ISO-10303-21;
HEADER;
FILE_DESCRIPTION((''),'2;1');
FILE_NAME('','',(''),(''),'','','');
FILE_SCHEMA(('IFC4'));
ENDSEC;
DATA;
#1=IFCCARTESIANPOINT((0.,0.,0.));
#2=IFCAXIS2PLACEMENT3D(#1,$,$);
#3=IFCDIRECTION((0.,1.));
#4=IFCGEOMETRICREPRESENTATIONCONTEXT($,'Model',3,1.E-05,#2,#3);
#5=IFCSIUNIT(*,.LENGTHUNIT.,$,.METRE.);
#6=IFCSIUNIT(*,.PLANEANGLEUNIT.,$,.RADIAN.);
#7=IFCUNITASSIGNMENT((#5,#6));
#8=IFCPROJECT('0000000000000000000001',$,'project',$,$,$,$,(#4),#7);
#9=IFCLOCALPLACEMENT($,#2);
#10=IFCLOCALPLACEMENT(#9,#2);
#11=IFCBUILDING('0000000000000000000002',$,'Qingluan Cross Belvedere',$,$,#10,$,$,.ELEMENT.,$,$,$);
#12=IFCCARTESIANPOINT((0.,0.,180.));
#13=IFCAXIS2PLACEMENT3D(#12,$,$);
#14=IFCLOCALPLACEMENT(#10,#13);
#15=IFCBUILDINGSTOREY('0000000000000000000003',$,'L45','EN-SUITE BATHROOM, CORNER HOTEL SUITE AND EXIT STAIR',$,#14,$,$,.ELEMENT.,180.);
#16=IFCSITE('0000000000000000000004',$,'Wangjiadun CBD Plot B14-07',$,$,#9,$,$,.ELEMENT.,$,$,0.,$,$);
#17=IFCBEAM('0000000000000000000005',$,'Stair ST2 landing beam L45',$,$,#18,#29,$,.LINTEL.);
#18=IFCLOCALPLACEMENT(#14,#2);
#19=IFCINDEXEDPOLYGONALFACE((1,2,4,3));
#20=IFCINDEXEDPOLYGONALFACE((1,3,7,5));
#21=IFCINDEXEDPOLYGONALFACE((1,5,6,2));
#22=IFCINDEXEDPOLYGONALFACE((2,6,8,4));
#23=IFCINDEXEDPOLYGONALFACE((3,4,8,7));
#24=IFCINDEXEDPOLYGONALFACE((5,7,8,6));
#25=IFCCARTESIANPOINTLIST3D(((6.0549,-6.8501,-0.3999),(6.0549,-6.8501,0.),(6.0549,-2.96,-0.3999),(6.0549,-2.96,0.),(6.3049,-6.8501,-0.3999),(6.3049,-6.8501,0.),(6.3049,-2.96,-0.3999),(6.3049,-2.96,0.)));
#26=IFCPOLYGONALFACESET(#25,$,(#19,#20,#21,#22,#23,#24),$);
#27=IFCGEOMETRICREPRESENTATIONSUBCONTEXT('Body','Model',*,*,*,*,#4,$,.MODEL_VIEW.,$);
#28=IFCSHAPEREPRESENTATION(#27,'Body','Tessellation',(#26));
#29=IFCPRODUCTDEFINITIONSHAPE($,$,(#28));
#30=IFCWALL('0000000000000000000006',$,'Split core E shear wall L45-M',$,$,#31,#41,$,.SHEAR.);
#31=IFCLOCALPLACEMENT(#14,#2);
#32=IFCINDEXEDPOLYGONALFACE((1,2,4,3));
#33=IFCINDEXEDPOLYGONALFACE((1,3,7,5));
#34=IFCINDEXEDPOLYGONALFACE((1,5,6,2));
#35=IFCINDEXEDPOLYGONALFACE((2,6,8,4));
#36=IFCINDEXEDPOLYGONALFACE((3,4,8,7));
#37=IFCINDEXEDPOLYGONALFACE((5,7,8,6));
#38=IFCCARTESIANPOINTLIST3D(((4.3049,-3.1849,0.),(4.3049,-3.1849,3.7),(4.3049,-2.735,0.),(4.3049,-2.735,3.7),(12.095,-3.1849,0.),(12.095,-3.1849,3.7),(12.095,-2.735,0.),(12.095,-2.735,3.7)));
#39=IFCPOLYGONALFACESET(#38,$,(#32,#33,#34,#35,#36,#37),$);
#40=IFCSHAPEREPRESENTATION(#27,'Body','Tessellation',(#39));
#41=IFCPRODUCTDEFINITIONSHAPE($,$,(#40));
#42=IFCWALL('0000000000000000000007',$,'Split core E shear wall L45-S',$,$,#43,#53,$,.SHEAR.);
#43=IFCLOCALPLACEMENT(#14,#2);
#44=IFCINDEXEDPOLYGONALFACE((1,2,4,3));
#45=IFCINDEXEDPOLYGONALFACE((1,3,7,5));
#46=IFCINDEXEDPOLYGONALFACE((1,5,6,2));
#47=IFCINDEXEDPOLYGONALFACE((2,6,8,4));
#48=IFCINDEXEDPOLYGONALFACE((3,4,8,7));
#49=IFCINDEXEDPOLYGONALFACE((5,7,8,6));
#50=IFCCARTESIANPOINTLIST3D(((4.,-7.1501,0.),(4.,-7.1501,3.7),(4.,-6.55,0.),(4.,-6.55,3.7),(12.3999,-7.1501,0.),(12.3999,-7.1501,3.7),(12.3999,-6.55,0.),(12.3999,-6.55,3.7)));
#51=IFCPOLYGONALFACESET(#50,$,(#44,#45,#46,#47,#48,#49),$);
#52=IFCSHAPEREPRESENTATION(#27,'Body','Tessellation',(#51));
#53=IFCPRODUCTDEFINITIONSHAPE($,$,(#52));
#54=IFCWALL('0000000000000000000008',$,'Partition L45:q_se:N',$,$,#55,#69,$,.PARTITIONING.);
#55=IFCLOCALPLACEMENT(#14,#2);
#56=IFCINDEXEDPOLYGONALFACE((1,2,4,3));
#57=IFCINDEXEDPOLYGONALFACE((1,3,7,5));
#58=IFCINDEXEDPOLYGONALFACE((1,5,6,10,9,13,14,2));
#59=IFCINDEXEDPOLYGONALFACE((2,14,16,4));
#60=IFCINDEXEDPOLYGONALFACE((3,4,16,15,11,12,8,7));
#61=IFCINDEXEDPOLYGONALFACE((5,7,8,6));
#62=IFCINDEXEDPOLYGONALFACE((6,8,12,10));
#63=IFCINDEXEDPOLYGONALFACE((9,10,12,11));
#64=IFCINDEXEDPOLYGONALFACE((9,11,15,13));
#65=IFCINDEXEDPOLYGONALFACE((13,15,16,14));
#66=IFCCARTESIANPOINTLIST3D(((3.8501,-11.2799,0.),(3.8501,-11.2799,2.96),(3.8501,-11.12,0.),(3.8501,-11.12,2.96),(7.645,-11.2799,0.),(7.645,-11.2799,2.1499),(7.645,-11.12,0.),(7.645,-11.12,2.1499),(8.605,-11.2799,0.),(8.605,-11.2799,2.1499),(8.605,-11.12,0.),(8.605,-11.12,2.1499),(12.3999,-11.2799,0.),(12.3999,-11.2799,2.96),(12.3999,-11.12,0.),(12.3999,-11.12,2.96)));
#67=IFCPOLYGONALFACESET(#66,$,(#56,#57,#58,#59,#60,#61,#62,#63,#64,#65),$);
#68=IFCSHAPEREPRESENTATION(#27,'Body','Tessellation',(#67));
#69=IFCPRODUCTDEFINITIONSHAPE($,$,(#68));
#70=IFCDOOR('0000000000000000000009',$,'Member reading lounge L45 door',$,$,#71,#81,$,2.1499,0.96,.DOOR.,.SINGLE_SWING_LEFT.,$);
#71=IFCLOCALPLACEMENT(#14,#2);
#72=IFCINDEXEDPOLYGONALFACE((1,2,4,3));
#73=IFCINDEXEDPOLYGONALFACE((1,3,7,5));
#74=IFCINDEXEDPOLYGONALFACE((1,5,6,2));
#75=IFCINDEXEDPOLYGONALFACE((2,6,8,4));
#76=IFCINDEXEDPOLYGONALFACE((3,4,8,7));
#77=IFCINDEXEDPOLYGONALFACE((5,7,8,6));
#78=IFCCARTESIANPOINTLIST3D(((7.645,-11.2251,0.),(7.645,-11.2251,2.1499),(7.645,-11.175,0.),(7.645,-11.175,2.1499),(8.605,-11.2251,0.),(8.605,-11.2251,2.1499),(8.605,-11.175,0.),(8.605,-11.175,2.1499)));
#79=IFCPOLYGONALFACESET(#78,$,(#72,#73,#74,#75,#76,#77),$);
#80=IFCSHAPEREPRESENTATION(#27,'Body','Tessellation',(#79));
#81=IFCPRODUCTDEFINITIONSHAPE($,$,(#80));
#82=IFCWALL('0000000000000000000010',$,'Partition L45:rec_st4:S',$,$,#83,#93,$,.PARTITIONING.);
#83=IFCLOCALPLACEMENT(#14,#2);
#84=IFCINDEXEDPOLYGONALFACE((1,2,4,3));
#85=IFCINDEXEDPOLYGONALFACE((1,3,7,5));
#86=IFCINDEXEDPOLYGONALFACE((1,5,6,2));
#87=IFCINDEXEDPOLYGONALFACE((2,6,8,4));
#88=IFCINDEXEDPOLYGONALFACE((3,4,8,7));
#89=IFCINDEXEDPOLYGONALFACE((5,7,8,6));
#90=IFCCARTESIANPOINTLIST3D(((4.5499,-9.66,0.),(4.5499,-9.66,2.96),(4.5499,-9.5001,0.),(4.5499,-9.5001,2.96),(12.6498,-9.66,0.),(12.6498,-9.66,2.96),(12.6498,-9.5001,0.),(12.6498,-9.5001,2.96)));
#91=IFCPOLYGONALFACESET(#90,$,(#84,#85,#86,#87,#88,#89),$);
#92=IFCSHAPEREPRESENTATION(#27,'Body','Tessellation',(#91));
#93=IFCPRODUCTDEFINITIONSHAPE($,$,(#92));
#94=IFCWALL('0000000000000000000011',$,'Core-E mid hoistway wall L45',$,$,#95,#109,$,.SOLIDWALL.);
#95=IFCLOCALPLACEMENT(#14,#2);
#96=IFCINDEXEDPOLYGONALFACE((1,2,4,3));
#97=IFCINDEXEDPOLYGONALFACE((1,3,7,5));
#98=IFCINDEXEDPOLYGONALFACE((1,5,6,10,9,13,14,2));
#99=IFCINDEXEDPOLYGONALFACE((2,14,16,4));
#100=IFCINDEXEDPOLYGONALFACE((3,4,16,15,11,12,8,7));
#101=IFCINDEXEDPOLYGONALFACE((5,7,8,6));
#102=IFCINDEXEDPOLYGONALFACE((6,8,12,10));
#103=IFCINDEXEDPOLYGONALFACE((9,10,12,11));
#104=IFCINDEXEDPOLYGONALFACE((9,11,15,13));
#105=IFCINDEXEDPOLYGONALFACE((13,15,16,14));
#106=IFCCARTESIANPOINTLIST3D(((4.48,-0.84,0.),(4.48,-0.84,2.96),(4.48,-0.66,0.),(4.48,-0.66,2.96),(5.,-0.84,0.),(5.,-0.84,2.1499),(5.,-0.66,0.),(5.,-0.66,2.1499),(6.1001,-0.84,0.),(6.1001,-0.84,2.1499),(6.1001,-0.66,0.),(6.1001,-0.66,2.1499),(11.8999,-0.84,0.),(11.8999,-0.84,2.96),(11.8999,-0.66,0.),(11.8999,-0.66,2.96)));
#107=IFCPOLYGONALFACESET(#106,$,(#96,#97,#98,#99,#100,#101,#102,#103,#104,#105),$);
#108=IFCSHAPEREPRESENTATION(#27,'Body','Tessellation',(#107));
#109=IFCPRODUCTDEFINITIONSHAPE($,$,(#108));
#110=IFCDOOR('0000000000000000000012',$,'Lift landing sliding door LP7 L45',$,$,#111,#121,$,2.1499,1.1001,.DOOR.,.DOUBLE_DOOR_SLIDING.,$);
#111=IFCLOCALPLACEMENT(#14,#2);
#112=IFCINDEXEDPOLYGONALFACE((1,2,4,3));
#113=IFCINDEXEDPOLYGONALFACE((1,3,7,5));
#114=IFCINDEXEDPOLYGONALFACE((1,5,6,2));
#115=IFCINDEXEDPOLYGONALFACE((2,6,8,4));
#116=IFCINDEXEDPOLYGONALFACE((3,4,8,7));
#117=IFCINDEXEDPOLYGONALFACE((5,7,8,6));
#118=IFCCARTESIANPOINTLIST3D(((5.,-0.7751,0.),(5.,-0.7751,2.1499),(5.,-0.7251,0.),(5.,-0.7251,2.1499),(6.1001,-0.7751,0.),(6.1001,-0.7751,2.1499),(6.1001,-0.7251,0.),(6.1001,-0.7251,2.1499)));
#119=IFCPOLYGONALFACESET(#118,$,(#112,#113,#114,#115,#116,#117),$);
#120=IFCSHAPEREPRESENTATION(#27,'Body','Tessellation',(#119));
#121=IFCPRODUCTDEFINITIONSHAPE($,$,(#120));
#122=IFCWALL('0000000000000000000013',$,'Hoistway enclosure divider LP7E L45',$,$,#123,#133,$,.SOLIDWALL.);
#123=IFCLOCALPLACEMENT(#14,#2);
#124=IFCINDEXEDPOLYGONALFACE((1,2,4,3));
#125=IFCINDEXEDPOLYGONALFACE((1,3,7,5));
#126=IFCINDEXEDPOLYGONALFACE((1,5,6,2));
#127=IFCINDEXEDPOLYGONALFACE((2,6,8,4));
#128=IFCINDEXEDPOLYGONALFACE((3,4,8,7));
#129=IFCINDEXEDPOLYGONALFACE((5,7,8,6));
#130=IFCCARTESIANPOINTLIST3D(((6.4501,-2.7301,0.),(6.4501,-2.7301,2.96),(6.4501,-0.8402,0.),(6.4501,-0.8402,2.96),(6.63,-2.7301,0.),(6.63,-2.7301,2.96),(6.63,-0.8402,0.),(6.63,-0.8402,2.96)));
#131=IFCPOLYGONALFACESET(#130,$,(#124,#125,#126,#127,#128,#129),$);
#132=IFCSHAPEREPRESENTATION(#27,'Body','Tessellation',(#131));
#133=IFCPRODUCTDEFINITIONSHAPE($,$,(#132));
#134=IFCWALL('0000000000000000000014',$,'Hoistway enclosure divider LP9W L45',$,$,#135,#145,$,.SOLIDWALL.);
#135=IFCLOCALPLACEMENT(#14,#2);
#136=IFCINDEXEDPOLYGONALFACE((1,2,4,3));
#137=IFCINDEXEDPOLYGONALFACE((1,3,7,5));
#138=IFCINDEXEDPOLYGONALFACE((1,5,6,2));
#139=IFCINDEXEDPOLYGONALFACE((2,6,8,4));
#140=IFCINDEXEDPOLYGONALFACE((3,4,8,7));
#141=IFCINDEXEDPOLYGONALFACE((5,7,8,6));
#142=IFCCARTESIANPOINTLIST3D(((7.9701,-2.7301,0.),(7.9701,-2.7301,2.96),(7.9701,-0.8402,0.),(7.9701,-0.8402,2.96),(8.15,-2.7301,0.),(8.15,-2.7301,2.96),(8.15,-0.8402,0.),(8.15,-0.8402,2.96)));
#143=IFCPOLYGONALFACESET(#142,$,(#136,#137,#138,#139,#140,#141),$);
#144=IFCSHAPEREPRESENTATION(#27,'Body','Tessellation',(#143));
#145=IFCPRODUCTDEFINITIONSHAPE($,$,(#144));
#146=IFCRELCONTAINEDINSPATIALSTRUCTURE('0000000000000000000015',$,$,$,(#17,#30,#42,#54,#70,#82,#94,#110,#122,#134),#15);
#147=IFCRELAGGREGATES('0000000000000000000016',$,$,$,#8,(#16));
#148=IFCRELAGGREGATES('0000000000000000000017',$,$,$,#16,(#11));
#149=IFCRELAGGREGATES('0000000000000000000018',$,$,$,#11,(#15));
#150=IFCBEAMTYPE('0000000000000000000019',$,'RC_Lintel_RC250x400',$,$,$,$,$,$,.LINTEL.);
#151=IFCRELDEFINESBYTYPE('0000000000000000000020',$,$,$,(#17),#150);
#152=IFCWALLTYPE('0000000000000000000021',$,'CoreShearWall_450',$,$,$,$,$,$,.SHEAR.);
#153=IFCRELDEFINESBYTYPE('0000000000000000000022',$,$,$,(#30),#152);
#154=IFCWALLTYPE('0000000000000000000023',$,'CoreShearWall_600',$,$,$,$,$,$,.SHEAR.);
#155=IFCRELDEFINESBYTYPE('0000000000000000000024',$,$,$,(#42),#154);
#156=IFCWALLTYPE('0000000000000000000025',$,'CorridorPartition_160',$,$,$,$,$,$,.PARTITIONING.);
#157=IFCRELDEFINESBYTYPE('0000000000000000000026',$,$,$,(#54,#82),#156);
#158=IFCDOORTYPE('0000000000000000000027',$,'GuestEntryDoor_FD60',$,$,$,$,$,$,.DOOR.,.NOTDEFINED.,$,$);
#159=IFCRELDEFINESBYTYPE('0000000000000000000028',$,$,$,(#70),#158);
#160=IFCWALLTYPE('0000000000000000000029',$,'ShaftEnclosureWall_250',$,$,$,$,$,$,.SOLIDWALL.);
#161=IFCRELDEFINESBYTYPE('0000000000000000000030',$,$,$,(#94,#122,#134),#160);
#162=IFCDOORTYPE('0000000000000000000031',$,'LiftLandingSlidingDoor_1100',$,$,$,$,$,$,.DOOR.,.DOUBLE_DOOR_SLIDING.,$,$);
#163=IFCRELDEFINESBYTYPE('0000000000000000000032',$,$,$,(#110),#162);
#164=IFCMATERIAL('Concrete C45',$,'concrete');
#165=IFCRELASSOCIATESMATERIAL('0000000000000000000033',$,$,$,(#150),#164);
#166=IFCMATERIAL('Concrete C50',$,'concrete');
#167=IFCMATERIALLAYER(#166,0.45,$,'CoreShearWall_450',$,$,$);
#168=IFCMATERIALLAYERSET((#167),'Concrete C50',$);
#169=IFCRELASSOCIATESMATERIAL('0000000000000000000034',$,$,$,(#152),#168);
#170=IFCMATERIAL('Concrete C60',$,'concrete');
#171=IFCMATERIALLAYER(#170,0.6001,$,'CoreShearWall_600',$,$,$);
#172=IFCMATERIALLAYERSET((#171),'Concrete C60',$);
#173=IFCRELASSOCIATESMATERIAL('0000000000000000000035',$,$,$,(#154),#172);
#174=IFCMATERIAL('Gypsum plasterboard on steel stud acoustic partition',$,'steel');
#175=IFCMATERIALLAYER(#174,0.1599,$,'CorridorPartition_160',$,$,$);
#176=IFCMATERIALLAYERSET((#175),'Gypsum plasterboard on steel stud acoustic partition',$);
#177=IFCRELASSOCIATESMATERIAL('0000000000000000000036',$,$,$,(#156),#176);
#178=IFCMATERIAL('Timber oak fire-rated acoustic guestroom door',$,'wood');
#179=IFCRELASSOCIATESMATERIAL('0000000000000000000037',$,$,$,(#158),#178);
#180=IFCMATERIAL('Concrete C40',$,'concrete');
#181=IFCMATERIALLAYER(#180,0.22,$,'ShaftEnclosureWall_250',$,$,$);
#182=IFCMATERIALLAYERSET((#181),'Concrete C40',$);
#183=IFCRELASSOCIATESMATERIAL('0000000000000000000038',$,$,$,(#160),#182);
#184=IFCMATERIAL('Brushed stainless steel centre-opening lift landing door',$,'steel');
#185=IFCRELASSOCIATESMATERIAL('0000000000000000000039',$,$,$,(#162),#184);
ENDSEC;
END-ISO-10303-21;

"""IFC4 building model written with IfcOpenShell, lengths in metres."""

from ifc_helpers import new_model, si_unit, direction, frame, frame_2d, origin, origin_2d, place, context, subcontext, project, spatial, rectangle, extrude, material, layer, layer_set, material_profile, profile_set, type_object, element, fill, save


model = new_model("IFC4")

# Units and contexts
model_context = context("Model", 3, precision=1e-05, world=origin(), true_north=direction((0.0, 1.0)))
body_context = subcontext(model_context, "Body", "Model", "MODEL_VIEW")
ifc_project = project(units=[si_unit("LENGTHUNIT", "METRE"), si_unit("PLANEANGLEUNIT", "RADIAN")], contexts=[model_context])

# Site, building, storey
site_placement = place(None, origin())
site = spatial("IfcSite", under=ifc_project, at=site_placement, Name="Wangjiadun CBD Plot B14-07", CompositionType="ELEMENT", RefElevation=0.0)
building_placement = place(site_placement, origin())
building = spatial("IfcBuilding", under=site, at=building_placement, Name="Qingluan Cross Belvedere", CompositionType="ELEMENT")
storey_placement = place(building_placement, frame((0.0, 0.0, 180.0)))
storey = spatial("IfcBuildingStorey", under=building, at=storey_placement, Name="L45", Description="EN-SUITE BATHROOM, CORNER HOTEL SUITE AND EXIT STAIR", CompositionType="ELEMENT", Elevation=180.0)

# Beam
ifc_material_1 = material(Name="Concrete C45", Category="concrete")
ifc_material_profile = material_profile(ifc_material_1, rectangle(XDim=0.25, YDim=0.3999, at=origin_2d()), Name="RC250x400")
ifc_profile_set = profile_set([ifc_material_profile], Name="Concrete C45")
beam_type = type_object("IfcBeamType", Name="RC_Lintel_RC250x400", PredefinedType="LINTEL", material=ifc_profile_set)
beam_placement = place(storey_placement, frame((6.1799, -6.8501, -0.2), z_axis=(0.0, 1.0, 0.0), x_axis=(-1.0, 0.0, 0.0)))
element("IfcBeam", 1, at=beam_placement, inside=storey, type_object=beam_type, Name="Stair ST2 landing beam L45", PredefinedType="LINTEL", context=body_context, shape_type="SweptSolid", body=[
    extrude(rectangle(XDim=0.25, YDim=0.3999, at=origin_2d()), origin(), (0.0, 0.0, 1.0), 3.8901),
])

# Walls
ifc_material_2 = material(Name="Concrete C50", Category="concrete")
ifc_layer_1 = layer(ifc_material_2, 0.45, Name="CoreShearWall_450")
ifc_layer_set_1 = layer_set([ifc_layer_1], Name="Concrete C50")
wall_type_1 = type_object("IfcWallType", Name="CoreShearWall_450", PredefinedType="SHEAR", material=ifc_layer_set_1)
wall_1_placement = place(storey_placement, frame((4.3049, -2.96, 0.0), z_axis=(0.0, 0.0, 1.0), x_axis=(1.0, 0.0, 0.0)))
element("IfcWall", 2, at=wall_1_placement, inside=storey, type_object=wall_type_1, Name="Split core E shear wall L45-M", PredefinedType="SHEAR", context=body_context, shape_type="SweptSolid", body=[
    extrude(rectangle(XDim=7.79, YDim=0.45, at=frame_2d((3.895, 0.0))), origin(), (0.0, 0.0, 1.0), 3.7),
])
ifc_material_3 = material(Name="Concrete C60", Category="concrete")
ifc_layer_2 = layer(ifc_material_3, 0.6001, Name="CoreShearWall_600")
ifc_layer_set_2 = layer_set([ifc_layer_2], Name="Concrete C60")
wall_type_2 = type_object("IfcWallType", Name="CoreShearWall_600", PredefinedType="SHEAR", material=ifc_layer_set_2)
wall_2_placement = place(storey_placement, frame((4.0, -6.8501, 0.0), z_axis=(0.0, 0.0, 1.0), x_axis=(1.0, 0.0, 0.0)))
element("IfcWall", 3, at=wall_2_placement, inside=storey, type_object=wall_type_2, Name="Split core E shear wall L45-S", PredefinedType="SHEAR", context=body_context, shape_type="SweptSolid", body=[
    extrude(rectangle(XDim=8.3999, YDim=0.6001, at=frame_2d((4.2, 0.0))), origin(), (0.0, 0.0, 1.0), 3.7),
])

# Wall, opening, door
ifc_material_4 = material(Name="Gypsum plasterboard on steel stud acoustic partition", Category="steel")
ifc_layer_3 = layer(ifc_material_4, 0.1599, Name="CorridorPartition_160")
ifc_layer_set_3 = layer_set([ifc_layer_3], Name="Gypsum plasterboard on steel stud acoustic partition")
wall_type_3 = type_object("IfcWallType", Name="CorridorPartition_160", PredefinedType="PARTITIONING", material=ifc_layer_set_3)
wall_3_placement = place(storey_placement, frame((3.8501, -11.2, 0.0), z_axis=(0.0, 0.0, 1.0), x_axis=(1.0, 0.0, 0.0)))
wall_3 = element("IfcWall", 4, at=wall_3_placement, inside=storey, type_object=wall_type_3, Name="Partition L45:q_se:N", PredefinedType="PARTITIONING", context=body_context, shape_type="SweptSolid", body=[
    extrude(rectangle(XDim=8.5498, YDim=0.1599, at=frame_2d((4.2749, 0.0))), origin(), (0.0, 0.0, 1.0), 2.96),
])
opening_1_placement = place(wall_3_placement, frame((3.7949, 0.0, 0.0)))
opening_1 = element("IfcOpeningElement", 5, at=opening_1_placement, cuts=wall_3, PredefinedType="OPENING", context=body_context, shape_type="SweptSolid", body=[
    extrude(rectangle(XDim=0.96, YDim=2.1499, at=frame_2d((0.48, 1.075))), frame((0.0, 0.0898, 0.0), z_axis=(0.0, -1.0, 0.0), x_axis=(1.0, 0.0, 0.0)), (0.0, 0.0, 1.0), 0.1799),
])
ifc_material_5 = material(Name="Timber oak fire-rated acoustic guestroom door", Category="wood")
door_type_1 = type_object("IfcDoorType", Name="GuestEntryDoor_FD60", OperationType="NOTDEFINED", PredefinedType="DOOR", material=ifc_material_5)
door_1_placement = place(opening_1_placement, origin())
door_1 = element("IfcDoor", 6, at=door_1_placement, inside=storey, type_object=door_type_1, Name="Member reading lounge L45 door", OperationType="SINGLE_SWING_LEFT", OverallHeight=2.1499, OverallWidth=0.96, PredefinedType="DOOR", context=body_context, shape_type="SweptSolid", body=[
    extrude(rectangle(XDim=0.96, YDim=2.1499, at=frame_2d((0.48, 1.075))), frame((0.0, 0.0249, 0.0), z_axis=(0.0, -1.0, 0.0), x_axis=(1.0, 0.0, 0.0)), (0.0, 0.0, 1.0), 0.05),
])
fill(opening_1, door_1)

# Wall
wall_4_placement = place(storey_placement, frame((4.55, -9.5801, 0.0), z_axis=(0.0, 0.0, 1.0), x_axis=(1.0, 0.0, 0.0)))
element("IfcWall", 7, at=wall_4_placement, inside=storey, type_object=wall_type_3, Name="Partition L45:rec_st4:S", PredefinedType="PARTITIONING", context=body_context, shape_type="SweptSolid", body=[
    extrude(rectangle(XDim=8.0999, YDim=0.1599, at=frame_2d((4.0498, 0.0))), origin(), (0.0, 0.0, 1.0), 2.96),
])

# Wall, opening, door
ifc_material_6 = material(Name="Concrete C40", Category="concrete")
ifc_layer_4 = layer(ifc_material_6, 0.22, Name="ShaftEnclosureWall_250")
ifc_layer_set_4 = layer_set([ifc_layer_4], Name="Concrete C40")
wall_type_4 = type_object("IfcWallType", Name="ShaftEnclosureWall_250", PredefinedType="SOLIDWALL", material=ifc_layer_set_4)
wall_5_placement = place(storey_placement, frame((4.48, -0.75, 0.0), z_axis=(0.0, 0.0, 1.0), x_axis=(1.0, 0.0, 0.0)))
wall_5 = element("IfcWall", 8, at=wall_5_placement, inside=storey, type_object=wall_type_4, Name="Core-E mid hoistway wall L45", PredefinedType="SOLIDWALL", context=body_context, shape_type="SweptSolid", body=[
    extrude(rectangle(XDim=7.4199, YDim=0.1799, at=frame_2d((3.71, 0.0))), origin(), (0.0, 0.0, 1.0), 2.96),
])
opening_2_placement = place(wall_5_placement, frame((0.52, 0.0, 0.0)))
opening_2 = element("IfcOpeningElement", 9, at=opening_2_placement, cuts=wall_5, PredefinedType="OPENING", context=body_context, shape_type="SweptSolid", body=[
    extrude(rectangle(XDim=1.1001, YDim=2.1499, at=frame_2d((0.55, 1.075))), frame((0.0, 0.0999, 0.0), z_axis=(0.0, -1.0, 0.0), x_axis=(1.0, 0.0, 0.0)), (0.0, 0.0, 1.0), 0.2),
])
ifc_material_7 = material(Name="Brushed stainless steel centre-opening lift landing door", Category="steel")
door_type_2 = type_object("IfcDoorType", Name="LiftLandingSlidingDoor_1100", OperationType="DOUBLE_DOOR_SLIDING", PredefinedType="DOOR", material=ifc_material_7)
door_2_placement = place(opening_2_placement, origin())
door_2 = element("IfcDoor", 10, at=door_2_placement, inside=storey, type_object=door_type_2, Name="Lift landing sliding door LP7 L45", OperationType="DOUBLE_DOOR_SLIDING", OverallHeight=2.1499, OverallWidth=1.1001, PredefinedType="DOOR", context=body_context, shape_type="SweptSolid", body=[
    extrude(rectangle(XDim=1.1001, YDim=2.1499, at=frame_2d((0.55, 1.075))), frame((0.0, 0.0249, 0.0), z_axis=(0.0, -1.0, 0.0), x_axis=(1.0, 0.0, 0.0)), (0.0, 0.0, 1.0), 0.05),
])
fill(opening_2, door_2)

# Walls
for number, where, z_axis, x_axis, name in (
    (11, (6.54, -2.73, 0.0), (0.0, 0.0, 1.0), (0.0, 1.0, 0.0), "Hoistway enclosure divider LP7E L45"),
    (12, (8.0601, -2.73, 0.0), (0.0, 0.0, 1.0), (0.0, 1.0, 0.0), "Hoistway enclosure divider LP9W L45"),
):
    element("IfcWall", number, at=place(storey_placement, frame(where, z_axis=z_axis, x_axis=x_axis)), inside=storey, type_object=wall_type_4, Name=name, PredefinedType="SOLIDWALL", context=body_context, shape_type="SweptSolid", body=[
        extrude(rectangle(XDim=1.8899, YDim=0.1799, at=frame_2d((0.9448, 0.0))), origin(), (0.0, 0.0, 1.0), 2.96),
    ])

save(model, "model.ifc")
